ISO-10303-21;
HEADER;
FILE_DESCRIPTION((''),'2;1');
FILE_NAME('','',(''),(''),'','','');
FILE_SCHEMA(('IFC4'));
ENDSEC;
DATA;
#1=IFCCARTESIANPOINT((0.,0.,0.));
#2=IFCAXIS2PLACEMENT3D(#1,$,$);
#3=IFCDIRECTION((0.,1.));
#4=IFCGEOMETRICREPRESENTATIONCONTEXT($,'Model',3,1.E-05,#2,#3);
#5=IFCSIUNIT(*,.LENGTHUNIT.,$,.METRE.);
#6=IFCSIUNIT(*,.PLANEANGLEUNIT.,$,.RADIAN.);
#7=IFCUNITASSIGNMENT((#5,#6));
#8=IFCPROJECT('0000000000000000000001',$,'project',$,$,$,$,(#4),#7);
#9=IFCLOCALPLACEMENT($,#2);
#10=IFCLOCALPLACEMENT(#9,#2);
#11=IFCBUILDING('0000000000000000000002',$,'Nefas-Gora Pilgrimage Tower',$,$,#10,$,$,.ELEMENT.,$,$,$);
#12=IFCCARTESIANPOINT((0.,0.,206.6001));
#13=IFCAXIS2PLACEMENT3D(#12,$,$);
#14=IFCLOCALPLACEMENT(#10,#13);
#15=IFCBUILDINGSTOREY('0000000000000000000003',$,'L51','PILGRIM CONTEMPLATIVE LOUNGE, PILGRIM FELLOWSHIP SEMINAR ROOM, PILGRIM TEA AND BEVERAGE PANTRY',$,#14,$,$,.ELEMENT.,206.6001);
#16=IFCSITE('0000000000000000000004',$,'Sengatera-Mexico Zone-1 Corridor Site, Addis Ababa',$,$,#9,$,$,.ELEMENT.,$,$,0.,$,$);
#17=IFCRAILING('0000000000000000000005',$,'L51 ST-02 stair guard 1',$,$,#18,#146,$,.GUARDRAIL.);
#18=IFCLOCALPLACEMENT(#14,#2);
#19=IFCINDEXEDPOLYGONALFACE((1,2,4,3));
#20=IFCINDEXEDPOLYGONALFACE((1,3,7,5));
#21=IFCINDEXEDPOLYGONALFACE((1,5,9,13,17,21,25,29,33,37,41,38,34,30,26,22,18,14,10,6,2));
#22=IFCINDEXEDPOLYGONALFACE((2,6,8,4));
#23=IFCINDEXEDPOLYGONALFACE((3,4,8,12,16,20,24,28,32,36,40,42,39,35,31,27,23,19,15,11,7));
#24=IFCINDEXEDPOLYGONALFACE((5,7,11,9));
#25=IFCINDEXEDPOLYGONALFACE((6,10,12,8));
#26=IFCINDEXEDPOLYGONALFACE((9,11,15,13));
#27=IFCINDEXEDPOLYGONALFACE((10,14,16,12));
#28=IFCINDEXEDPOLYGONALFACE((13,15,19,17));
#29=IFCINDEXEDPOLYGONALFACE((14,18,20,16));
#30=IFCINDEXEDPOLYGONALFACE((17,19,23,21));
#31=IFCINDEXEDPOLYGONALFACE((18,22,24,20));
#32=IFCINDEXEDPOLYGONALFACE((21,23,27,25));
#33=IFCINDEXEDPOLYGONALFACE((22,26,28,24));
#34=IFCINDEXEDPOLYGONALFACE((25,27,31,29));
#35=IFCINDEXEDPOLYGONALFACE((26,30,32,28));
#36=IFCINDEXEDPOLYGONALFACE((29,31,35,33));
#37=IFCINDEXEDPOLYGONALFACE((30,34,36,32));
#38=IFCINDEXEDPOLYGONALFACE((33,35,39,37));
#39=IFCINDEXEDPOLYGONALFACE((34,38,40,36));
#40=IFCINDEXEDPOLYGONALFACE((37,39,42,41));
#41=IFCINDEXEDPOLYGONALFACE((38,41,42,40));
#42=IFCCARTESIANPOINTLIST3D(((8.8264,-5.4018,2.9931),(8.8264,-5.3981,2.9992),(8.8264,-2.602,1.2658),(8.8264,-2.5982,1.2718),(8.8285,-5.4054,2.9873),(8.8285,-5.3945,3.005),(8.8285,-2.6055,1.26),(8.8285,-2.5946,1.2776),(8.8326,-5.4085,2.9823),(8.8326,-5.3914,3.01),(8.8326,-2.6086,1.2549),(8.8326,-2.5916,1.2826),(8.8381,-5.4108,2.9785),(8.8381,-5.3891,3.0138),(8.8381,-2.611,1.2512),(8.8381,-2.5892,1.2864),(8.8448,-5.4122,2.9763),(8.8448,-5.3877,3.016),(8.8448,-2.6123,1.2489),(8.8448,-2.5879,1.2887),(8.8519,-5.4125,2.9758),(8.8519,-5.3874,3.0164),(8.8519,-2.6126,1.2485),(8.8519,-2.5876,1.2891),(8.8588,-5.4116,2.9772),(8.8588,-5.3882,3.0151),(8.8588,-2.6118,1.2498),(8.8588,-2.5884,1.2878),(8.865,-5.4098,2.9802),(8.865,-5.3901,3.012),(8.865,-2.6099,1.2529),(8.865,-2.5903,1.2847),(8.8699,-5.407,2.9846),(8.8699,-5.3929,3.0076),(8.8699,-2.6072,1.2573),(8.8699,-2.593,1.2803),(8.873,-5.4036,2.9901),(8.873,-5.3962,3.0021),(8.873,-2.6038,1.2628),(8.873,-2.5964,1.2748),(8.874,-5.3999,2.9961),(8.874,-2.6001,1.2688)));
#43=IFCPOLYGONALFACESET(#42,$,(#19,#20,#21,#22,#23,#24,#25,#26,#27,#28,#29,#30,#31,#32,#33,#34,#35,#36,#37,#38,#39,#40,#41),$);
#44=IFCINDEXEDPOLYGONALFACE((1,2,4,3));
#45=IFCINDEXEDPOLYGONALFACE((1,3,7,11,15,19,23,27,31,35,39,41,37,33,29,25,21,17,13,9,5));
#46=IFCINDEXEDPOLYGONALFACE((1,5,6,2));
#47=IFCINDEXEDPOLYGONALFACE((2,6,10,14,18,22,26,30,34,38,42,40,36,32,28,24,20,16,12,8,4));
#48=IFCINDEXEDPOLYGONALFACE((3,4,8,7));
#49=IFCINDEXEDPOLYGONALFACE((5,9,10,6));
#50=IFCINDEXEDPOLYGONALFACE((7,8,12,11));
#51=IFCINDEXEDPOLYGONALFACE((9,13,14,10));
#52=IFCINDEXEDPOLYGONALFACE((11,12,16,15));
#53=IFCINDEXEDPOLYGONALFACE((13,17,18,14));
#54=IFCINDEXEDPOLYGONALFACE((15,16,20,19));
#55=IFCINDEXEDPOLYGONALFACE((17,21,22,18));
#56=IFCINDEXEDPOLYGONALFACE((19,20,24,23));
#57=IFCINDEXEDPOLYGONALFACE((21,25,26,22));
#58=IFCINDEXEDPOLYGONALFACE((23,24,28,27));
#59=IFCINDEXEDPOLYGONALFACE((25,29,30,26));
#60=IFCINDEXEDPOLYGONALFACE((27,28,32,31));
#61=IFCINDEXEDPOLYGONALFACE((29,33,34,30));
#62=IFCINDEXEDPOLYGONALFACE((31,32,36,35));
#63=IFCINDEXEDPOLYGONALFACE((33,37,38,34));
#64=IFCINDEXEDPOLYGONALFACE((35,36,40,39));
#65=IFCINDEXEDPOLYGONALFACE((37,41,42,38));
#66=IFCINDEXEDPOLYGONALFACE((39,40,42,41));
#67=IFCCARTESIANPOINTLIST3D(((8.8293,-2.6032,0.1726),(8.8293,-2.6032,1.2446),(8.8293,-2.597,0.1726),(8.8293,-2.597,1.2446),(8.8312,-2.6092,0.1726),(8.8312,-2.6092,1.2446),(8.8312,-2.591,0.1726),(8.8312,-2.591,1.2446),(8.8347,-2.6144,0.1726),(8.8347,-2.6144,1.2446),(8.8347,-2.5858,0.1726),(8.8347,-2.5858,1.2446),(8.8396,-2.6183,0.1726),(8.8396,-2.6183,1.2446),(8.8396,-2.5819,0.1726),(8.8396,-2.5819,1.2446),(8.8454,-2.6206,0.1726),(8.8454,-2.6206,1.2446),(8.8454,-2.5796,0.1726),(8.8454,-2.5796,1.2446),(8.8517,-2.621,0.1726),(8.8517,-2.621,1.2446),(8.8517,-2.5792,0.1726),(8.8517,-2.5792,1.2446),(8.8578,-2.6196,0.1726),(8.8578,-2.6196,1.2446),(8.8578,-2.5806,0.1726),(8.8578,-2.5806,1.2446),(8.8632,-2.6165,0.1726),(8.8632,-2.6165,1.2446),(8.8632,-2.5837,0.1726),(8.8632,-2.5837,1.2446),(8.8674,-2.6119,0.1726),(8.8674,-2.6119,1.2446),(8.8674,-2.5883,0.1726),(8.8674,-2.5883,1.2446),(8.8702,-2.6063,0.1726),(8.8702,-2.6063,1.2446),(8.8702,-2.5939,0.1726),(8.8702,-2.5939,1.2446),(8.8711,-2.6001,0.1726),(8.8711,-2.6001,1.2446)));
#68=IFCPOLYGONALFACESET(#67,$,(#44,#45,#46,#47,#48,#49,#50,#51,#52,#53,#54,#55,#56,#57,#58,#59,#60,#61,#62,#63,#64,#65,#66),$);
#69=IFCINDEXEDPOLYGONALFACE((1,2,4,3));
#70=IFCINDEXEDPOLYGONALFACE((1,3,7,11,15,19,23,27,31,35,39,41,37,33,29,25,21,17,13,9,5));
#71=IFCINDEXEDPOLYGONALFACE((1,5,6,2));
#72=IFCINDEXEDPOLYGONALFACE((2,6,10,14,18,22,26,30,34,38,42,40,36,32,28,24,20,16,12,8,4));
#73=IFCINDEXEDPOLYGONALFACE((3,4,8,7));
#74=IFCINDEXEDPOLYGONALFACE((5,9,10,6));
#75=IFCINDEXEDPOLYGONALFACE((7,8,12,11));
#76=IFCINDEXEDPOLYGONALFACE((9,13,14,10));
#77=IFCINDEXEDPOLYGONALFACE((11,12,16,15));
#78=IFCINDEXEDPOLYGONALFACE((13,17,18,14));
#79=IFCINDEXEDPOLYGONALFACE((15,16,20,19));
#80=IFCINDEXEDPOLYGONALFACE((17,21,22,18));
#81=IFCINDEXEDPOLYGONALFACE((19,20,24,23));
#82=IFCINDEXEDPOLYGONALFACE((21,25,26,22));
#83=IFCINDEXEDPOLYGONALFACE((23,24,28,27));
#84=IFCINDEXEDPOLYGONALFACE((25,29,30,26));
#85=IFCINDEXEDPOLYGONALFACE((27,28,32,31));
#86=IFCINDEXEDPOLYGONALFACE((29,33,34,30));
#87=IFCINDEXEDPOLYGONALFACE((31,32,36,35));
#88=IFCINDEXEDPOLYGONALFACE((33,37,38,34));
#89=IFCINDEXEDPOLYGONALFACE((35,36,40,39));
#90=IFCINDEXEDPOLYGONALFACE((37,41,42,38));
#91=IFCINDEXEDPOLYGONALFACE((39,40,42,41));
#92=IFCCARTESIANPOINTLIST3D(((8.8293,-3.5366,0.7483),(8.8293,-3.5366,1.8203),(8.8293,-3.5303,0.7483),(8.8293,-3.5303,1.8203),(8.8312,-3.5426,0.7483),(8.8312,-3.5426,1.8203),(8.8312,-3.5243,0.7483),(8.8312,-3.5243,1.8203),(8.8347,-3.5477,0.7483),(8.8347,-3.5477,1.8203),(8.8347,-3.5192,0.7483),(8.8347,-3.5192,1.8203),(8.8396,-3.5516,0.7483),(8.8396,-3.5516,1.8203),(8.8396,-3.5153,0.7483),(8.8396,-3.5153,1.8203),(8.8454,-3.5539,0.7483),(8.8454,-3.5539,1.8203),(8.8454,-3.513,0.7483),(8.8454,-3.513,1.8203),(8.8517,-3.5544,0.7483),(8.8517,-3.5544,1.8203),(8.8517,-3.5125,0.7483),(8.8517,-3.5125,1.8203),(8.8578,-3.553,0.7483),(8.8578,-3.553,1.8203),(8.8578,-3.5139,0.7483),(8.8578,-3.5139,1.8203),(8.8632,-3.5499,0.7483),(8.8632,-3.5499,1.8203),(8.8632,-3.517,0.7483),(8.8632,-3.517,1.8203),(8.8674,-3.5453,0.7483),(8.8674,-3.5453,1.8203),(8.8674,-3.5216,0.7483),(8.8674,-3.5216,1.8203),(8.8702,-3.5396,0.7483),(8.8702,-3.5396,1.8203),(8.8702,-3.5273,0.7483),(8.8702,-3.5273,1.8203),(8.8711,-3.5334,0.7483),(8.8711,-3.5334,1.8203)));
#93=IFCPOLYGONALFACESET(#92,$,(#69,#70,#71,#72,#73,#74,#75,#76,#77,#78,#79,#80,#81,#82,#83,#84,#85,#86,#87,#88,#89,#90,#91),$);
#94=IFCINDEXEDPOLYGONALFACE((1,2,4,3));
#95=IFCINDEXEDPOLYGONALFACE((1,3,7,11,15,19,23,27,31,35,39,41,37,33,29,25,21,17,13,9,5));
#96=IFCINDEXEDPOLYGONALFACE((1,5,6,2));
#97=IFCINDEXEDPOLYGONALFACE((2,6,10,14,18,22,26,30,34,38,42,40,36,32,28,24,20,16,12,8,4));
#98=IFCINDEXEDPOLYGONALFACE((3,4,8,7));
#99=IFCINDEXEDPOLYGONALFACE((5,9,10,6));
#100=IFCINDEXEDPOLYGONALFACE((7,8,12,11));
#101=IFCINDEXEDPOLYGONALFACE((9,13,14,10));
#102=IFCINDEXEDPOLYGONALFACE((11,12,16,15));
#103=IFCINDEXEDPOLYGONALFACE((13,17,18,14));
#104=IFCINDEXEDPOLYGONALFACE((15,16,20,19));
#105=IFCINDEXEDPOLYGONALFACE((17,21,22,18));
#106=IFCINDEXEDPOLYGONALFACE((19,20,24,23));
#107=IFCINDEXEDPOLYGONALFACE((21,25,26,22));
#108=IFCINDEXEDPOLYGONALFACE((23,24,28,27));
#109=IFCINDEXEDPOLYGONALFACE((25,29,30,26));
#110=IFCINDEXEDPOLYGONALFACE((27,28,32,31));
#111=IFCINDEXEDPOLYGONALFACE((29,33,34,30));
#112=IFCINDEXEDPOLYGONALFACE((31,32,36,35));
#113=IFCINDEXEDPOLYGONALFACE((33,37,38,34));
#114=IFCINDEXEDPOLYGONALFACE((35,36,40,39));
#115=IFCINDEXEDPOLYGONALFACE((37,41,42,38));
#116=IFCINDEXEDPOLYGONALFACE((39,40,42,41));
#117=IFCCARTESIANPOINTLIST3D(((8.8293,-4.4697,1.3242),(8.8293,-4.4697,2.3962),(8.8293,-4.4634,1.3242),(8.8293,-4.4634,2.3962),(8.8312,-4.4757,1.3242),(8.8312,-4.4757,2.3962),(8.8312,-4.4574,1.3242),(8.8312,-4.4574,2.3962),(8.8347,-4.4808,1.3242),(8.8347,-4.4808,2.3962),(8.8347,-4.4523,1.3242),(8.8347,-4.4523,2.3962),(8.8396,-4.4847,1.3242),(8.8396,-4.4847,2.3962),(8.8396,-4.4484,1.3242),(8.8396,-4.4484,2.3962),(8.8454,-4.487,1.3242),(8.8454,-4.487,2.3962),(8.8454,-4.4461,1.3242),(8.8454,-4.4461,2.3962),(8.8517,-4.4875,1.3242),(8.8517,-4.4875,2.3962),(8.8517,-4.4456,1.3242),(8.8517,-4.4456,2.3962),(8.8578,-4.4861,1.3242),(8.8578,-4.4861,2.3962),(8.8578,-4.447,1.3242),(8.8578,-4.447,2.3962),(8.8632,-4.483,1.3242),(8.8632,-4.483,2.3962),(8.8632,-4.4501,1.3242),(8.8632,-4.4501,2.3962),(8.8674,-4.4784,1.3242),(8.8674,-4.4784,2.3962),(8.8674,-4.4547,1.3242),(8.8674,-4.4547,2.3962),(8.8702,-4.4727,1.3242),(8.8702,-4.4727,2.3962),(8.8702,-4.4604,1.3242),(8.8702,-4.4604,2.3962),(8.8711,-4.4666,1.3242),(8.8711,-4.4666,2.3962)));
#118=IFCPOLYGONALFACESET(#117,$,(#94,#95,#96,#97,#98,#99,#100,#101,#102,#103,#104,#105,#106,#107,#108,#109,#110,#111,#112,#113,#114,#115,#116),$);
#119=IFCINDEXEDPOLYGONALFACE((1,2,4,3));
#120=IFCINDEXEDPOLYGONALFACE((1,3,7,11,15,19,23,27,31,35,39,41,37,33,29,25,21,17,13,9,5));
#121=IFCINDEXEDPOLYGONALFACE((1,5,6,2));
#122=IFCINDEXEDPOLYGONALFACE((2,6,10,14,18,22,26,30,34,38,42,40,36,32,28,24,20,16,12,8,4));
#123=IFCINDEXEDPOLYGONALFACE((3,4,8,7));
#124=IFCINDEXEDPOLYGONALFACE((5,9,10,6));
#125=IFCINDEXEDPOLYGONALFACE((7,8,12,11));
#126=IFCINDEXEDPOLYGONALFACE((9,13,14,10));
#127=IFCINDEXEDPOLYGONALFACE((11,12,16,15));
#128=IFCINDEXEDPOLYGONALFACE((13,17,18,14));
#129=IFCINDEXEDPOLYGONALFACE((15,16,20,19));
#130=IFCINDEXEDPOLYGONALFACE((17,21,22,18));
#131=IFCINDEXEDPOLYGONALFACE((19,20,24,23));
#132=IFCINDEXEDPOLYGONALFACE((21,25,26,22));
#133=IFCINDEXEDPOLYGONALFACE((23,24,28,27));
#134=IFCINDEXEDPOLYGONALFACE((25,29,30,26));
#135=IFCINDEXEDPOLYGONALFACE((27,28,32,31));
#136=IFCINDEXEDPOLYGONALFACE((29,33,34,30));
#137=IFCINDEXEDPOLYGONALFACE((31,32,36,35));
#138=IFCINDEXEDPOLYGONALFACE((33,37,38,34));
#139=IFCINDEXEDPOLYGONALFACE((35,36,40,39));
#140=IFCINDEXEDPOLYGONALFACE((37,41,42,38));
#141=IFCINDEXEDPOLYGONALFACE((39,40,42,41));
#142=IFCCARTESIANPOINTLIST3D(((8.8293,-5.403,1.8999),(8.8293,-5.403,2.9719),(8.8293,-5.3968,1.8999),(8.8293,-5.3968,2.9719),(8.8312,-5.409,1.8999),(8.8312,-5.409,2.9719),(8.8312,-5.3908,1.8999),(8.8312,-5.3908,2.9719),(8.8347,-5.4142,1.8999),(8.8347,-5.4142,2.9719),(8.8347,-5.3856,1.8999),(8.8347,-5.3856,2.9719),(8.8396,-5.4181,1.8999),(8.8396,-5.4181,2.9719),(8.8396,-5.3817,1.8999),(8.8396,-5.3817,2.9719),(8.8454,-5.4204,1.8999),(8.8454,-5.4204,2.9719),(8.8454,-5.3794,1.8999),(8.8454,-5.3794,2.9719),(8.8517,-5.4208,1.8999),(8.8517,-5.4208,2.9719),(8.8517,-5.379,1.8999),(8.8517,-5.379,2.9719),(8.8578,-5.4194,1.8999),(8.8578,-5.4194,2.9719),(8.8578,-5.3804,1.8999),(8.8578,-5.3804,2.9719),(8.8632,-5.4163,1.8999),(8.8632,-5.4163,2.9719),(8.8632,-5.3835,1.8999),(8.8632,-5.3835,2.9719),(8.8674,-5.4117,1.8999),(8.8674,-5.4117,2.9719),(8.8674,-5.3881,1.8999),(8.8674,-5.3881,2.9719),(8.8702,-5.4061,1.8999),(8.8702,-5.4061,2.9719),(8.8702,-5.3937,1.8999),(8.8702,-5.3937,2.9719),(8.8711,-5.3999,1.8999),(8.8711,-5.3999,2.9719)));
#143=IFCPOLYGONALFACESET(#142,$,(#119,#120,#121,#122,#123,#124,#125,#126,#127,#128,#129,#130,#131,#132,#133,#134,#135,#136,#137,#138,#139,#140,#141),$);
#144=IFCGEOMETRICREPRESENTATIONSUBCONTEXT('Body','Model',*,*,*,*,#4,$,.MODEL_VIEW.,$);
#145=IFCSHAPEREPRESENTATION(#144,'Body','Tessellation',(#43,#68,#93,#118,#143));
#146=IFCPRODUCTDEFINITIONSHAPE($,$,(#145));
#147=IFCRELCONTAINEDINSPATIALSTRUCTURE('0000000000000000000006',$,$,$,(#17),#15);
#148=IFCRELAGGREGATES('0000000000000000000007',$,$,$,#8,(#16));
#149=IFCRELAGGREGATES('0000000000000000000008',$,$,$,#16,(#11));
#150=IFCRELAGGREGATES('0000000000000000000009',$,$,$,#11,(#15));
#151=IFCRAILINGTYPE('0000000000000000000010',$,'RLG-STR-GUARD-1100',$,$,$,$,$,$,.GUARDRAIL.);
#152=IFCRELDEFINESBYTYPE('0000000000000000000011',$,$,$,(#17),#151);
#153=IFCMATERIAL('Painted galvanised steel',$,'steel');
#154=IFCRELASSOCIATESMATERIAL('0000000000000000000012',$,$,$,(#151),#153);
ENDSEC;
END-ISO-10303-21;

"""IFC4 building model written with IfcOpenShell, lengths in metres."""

from ifc_helpers import new_model, si_unit, direction, frame, origin, origin_2d, place, context, subcontext, project, spatial, circle, extrude, material, type_object, element, save


model = new_model("IFC4")

# Units and contexts
model_context = context("Model", 3, precision=1e-05, world=origin(), true_north=direction((0.0, 1.0)))
body_context = subcontext(model_context, "Body", "Model", "MODEL_VIEW")
ifc_project = project(units=[si_unit("LENGTHUNIT", "METRE"), si_unit("PLANEANGLEUNIT", "RADIAN")], contexts=[model_context])

# Site, building, storey
site_placement = place(None, origin())
site = spatial("IfcSite", under=ifc_project, at=site_placement, Name="Sengatera-Mexico Zone-1 Corridor Site, Addis Ababa", CompositionType="ELEMENT", RefElevation=0.0)
building_placement = place(site_placement, origin())
building = spatial("IfcBuilding", under=site, at=building_placement, Name="Nefas-Gora Pilgrimage Tower", CompositionType="ELEMENT")
storey_placement = place(building_placement, frame((0.0, 0.0, 206.6001)))
storey = spatial("IfcBuildingStorey", under=building, at=storey_placement, Name="L51", Description="PILGRIM CONTEMPLATIVE LOUNGE, PILGRIM FELLOWSHIP SEMINAR ROOM, PILGRIM TEA AND BEVERAGE PANTRY", CompositionType="ELEMENT", Elevation=206.6001)

# Railing
ifc_material_1 = material(Name="Painted galvanised steel", Category="steel")
railing_type_1 = type_object("IfcRailingType", Name="RLG-STR-GUARD-1100", PredefinedType="GUARDRAIL", material=ifc_material_1)
railing_1_placement = place(storey_placement, frame((8.8501, -2.6001, 0.1726)))
element("IfcRailing", 1, at=railing_1_placement, inside=storey, type_object=railing_type_1, Name="L51 ST-02 stair guard 1", PredefinedType="GUARDRAIL", context=body_context, shape_type="SweptSolid", body=[
    extrude(circle(Radius=0.0239, at=origin_2d()), frame((0.0, 0.0, 1.0962), z_axis=(0.0, -0.851069, 0.525054), x_axis=(1.0, 0.0, 0.0)), (0.0, 0.0, 1.0), 3.2898),
    extrude(circle(Radius=0.021, at=origin_2d()), origin(), (0.0, 0.0, 1.0), 1.072),
    extrude(circle(Radius=0.021, at=origin_2d()), frame((0.0, -0.9333, 0.5757)), (0.0, 0.0, 1.0), 1.072),
    extrude(circle(Radius=0.021, at=origin_2d()), frame((0.0, -1.8665, 1.1516)), (0.0, 0.0, 1.0), 1.072),
    extrude(circle(Radius=0.021, at=origin_2d()), frame((0.0, -2.7998, 1.7273)), (0.0, 0.0, 1.0), 1.072),
])

save(model, "model.ifc")
